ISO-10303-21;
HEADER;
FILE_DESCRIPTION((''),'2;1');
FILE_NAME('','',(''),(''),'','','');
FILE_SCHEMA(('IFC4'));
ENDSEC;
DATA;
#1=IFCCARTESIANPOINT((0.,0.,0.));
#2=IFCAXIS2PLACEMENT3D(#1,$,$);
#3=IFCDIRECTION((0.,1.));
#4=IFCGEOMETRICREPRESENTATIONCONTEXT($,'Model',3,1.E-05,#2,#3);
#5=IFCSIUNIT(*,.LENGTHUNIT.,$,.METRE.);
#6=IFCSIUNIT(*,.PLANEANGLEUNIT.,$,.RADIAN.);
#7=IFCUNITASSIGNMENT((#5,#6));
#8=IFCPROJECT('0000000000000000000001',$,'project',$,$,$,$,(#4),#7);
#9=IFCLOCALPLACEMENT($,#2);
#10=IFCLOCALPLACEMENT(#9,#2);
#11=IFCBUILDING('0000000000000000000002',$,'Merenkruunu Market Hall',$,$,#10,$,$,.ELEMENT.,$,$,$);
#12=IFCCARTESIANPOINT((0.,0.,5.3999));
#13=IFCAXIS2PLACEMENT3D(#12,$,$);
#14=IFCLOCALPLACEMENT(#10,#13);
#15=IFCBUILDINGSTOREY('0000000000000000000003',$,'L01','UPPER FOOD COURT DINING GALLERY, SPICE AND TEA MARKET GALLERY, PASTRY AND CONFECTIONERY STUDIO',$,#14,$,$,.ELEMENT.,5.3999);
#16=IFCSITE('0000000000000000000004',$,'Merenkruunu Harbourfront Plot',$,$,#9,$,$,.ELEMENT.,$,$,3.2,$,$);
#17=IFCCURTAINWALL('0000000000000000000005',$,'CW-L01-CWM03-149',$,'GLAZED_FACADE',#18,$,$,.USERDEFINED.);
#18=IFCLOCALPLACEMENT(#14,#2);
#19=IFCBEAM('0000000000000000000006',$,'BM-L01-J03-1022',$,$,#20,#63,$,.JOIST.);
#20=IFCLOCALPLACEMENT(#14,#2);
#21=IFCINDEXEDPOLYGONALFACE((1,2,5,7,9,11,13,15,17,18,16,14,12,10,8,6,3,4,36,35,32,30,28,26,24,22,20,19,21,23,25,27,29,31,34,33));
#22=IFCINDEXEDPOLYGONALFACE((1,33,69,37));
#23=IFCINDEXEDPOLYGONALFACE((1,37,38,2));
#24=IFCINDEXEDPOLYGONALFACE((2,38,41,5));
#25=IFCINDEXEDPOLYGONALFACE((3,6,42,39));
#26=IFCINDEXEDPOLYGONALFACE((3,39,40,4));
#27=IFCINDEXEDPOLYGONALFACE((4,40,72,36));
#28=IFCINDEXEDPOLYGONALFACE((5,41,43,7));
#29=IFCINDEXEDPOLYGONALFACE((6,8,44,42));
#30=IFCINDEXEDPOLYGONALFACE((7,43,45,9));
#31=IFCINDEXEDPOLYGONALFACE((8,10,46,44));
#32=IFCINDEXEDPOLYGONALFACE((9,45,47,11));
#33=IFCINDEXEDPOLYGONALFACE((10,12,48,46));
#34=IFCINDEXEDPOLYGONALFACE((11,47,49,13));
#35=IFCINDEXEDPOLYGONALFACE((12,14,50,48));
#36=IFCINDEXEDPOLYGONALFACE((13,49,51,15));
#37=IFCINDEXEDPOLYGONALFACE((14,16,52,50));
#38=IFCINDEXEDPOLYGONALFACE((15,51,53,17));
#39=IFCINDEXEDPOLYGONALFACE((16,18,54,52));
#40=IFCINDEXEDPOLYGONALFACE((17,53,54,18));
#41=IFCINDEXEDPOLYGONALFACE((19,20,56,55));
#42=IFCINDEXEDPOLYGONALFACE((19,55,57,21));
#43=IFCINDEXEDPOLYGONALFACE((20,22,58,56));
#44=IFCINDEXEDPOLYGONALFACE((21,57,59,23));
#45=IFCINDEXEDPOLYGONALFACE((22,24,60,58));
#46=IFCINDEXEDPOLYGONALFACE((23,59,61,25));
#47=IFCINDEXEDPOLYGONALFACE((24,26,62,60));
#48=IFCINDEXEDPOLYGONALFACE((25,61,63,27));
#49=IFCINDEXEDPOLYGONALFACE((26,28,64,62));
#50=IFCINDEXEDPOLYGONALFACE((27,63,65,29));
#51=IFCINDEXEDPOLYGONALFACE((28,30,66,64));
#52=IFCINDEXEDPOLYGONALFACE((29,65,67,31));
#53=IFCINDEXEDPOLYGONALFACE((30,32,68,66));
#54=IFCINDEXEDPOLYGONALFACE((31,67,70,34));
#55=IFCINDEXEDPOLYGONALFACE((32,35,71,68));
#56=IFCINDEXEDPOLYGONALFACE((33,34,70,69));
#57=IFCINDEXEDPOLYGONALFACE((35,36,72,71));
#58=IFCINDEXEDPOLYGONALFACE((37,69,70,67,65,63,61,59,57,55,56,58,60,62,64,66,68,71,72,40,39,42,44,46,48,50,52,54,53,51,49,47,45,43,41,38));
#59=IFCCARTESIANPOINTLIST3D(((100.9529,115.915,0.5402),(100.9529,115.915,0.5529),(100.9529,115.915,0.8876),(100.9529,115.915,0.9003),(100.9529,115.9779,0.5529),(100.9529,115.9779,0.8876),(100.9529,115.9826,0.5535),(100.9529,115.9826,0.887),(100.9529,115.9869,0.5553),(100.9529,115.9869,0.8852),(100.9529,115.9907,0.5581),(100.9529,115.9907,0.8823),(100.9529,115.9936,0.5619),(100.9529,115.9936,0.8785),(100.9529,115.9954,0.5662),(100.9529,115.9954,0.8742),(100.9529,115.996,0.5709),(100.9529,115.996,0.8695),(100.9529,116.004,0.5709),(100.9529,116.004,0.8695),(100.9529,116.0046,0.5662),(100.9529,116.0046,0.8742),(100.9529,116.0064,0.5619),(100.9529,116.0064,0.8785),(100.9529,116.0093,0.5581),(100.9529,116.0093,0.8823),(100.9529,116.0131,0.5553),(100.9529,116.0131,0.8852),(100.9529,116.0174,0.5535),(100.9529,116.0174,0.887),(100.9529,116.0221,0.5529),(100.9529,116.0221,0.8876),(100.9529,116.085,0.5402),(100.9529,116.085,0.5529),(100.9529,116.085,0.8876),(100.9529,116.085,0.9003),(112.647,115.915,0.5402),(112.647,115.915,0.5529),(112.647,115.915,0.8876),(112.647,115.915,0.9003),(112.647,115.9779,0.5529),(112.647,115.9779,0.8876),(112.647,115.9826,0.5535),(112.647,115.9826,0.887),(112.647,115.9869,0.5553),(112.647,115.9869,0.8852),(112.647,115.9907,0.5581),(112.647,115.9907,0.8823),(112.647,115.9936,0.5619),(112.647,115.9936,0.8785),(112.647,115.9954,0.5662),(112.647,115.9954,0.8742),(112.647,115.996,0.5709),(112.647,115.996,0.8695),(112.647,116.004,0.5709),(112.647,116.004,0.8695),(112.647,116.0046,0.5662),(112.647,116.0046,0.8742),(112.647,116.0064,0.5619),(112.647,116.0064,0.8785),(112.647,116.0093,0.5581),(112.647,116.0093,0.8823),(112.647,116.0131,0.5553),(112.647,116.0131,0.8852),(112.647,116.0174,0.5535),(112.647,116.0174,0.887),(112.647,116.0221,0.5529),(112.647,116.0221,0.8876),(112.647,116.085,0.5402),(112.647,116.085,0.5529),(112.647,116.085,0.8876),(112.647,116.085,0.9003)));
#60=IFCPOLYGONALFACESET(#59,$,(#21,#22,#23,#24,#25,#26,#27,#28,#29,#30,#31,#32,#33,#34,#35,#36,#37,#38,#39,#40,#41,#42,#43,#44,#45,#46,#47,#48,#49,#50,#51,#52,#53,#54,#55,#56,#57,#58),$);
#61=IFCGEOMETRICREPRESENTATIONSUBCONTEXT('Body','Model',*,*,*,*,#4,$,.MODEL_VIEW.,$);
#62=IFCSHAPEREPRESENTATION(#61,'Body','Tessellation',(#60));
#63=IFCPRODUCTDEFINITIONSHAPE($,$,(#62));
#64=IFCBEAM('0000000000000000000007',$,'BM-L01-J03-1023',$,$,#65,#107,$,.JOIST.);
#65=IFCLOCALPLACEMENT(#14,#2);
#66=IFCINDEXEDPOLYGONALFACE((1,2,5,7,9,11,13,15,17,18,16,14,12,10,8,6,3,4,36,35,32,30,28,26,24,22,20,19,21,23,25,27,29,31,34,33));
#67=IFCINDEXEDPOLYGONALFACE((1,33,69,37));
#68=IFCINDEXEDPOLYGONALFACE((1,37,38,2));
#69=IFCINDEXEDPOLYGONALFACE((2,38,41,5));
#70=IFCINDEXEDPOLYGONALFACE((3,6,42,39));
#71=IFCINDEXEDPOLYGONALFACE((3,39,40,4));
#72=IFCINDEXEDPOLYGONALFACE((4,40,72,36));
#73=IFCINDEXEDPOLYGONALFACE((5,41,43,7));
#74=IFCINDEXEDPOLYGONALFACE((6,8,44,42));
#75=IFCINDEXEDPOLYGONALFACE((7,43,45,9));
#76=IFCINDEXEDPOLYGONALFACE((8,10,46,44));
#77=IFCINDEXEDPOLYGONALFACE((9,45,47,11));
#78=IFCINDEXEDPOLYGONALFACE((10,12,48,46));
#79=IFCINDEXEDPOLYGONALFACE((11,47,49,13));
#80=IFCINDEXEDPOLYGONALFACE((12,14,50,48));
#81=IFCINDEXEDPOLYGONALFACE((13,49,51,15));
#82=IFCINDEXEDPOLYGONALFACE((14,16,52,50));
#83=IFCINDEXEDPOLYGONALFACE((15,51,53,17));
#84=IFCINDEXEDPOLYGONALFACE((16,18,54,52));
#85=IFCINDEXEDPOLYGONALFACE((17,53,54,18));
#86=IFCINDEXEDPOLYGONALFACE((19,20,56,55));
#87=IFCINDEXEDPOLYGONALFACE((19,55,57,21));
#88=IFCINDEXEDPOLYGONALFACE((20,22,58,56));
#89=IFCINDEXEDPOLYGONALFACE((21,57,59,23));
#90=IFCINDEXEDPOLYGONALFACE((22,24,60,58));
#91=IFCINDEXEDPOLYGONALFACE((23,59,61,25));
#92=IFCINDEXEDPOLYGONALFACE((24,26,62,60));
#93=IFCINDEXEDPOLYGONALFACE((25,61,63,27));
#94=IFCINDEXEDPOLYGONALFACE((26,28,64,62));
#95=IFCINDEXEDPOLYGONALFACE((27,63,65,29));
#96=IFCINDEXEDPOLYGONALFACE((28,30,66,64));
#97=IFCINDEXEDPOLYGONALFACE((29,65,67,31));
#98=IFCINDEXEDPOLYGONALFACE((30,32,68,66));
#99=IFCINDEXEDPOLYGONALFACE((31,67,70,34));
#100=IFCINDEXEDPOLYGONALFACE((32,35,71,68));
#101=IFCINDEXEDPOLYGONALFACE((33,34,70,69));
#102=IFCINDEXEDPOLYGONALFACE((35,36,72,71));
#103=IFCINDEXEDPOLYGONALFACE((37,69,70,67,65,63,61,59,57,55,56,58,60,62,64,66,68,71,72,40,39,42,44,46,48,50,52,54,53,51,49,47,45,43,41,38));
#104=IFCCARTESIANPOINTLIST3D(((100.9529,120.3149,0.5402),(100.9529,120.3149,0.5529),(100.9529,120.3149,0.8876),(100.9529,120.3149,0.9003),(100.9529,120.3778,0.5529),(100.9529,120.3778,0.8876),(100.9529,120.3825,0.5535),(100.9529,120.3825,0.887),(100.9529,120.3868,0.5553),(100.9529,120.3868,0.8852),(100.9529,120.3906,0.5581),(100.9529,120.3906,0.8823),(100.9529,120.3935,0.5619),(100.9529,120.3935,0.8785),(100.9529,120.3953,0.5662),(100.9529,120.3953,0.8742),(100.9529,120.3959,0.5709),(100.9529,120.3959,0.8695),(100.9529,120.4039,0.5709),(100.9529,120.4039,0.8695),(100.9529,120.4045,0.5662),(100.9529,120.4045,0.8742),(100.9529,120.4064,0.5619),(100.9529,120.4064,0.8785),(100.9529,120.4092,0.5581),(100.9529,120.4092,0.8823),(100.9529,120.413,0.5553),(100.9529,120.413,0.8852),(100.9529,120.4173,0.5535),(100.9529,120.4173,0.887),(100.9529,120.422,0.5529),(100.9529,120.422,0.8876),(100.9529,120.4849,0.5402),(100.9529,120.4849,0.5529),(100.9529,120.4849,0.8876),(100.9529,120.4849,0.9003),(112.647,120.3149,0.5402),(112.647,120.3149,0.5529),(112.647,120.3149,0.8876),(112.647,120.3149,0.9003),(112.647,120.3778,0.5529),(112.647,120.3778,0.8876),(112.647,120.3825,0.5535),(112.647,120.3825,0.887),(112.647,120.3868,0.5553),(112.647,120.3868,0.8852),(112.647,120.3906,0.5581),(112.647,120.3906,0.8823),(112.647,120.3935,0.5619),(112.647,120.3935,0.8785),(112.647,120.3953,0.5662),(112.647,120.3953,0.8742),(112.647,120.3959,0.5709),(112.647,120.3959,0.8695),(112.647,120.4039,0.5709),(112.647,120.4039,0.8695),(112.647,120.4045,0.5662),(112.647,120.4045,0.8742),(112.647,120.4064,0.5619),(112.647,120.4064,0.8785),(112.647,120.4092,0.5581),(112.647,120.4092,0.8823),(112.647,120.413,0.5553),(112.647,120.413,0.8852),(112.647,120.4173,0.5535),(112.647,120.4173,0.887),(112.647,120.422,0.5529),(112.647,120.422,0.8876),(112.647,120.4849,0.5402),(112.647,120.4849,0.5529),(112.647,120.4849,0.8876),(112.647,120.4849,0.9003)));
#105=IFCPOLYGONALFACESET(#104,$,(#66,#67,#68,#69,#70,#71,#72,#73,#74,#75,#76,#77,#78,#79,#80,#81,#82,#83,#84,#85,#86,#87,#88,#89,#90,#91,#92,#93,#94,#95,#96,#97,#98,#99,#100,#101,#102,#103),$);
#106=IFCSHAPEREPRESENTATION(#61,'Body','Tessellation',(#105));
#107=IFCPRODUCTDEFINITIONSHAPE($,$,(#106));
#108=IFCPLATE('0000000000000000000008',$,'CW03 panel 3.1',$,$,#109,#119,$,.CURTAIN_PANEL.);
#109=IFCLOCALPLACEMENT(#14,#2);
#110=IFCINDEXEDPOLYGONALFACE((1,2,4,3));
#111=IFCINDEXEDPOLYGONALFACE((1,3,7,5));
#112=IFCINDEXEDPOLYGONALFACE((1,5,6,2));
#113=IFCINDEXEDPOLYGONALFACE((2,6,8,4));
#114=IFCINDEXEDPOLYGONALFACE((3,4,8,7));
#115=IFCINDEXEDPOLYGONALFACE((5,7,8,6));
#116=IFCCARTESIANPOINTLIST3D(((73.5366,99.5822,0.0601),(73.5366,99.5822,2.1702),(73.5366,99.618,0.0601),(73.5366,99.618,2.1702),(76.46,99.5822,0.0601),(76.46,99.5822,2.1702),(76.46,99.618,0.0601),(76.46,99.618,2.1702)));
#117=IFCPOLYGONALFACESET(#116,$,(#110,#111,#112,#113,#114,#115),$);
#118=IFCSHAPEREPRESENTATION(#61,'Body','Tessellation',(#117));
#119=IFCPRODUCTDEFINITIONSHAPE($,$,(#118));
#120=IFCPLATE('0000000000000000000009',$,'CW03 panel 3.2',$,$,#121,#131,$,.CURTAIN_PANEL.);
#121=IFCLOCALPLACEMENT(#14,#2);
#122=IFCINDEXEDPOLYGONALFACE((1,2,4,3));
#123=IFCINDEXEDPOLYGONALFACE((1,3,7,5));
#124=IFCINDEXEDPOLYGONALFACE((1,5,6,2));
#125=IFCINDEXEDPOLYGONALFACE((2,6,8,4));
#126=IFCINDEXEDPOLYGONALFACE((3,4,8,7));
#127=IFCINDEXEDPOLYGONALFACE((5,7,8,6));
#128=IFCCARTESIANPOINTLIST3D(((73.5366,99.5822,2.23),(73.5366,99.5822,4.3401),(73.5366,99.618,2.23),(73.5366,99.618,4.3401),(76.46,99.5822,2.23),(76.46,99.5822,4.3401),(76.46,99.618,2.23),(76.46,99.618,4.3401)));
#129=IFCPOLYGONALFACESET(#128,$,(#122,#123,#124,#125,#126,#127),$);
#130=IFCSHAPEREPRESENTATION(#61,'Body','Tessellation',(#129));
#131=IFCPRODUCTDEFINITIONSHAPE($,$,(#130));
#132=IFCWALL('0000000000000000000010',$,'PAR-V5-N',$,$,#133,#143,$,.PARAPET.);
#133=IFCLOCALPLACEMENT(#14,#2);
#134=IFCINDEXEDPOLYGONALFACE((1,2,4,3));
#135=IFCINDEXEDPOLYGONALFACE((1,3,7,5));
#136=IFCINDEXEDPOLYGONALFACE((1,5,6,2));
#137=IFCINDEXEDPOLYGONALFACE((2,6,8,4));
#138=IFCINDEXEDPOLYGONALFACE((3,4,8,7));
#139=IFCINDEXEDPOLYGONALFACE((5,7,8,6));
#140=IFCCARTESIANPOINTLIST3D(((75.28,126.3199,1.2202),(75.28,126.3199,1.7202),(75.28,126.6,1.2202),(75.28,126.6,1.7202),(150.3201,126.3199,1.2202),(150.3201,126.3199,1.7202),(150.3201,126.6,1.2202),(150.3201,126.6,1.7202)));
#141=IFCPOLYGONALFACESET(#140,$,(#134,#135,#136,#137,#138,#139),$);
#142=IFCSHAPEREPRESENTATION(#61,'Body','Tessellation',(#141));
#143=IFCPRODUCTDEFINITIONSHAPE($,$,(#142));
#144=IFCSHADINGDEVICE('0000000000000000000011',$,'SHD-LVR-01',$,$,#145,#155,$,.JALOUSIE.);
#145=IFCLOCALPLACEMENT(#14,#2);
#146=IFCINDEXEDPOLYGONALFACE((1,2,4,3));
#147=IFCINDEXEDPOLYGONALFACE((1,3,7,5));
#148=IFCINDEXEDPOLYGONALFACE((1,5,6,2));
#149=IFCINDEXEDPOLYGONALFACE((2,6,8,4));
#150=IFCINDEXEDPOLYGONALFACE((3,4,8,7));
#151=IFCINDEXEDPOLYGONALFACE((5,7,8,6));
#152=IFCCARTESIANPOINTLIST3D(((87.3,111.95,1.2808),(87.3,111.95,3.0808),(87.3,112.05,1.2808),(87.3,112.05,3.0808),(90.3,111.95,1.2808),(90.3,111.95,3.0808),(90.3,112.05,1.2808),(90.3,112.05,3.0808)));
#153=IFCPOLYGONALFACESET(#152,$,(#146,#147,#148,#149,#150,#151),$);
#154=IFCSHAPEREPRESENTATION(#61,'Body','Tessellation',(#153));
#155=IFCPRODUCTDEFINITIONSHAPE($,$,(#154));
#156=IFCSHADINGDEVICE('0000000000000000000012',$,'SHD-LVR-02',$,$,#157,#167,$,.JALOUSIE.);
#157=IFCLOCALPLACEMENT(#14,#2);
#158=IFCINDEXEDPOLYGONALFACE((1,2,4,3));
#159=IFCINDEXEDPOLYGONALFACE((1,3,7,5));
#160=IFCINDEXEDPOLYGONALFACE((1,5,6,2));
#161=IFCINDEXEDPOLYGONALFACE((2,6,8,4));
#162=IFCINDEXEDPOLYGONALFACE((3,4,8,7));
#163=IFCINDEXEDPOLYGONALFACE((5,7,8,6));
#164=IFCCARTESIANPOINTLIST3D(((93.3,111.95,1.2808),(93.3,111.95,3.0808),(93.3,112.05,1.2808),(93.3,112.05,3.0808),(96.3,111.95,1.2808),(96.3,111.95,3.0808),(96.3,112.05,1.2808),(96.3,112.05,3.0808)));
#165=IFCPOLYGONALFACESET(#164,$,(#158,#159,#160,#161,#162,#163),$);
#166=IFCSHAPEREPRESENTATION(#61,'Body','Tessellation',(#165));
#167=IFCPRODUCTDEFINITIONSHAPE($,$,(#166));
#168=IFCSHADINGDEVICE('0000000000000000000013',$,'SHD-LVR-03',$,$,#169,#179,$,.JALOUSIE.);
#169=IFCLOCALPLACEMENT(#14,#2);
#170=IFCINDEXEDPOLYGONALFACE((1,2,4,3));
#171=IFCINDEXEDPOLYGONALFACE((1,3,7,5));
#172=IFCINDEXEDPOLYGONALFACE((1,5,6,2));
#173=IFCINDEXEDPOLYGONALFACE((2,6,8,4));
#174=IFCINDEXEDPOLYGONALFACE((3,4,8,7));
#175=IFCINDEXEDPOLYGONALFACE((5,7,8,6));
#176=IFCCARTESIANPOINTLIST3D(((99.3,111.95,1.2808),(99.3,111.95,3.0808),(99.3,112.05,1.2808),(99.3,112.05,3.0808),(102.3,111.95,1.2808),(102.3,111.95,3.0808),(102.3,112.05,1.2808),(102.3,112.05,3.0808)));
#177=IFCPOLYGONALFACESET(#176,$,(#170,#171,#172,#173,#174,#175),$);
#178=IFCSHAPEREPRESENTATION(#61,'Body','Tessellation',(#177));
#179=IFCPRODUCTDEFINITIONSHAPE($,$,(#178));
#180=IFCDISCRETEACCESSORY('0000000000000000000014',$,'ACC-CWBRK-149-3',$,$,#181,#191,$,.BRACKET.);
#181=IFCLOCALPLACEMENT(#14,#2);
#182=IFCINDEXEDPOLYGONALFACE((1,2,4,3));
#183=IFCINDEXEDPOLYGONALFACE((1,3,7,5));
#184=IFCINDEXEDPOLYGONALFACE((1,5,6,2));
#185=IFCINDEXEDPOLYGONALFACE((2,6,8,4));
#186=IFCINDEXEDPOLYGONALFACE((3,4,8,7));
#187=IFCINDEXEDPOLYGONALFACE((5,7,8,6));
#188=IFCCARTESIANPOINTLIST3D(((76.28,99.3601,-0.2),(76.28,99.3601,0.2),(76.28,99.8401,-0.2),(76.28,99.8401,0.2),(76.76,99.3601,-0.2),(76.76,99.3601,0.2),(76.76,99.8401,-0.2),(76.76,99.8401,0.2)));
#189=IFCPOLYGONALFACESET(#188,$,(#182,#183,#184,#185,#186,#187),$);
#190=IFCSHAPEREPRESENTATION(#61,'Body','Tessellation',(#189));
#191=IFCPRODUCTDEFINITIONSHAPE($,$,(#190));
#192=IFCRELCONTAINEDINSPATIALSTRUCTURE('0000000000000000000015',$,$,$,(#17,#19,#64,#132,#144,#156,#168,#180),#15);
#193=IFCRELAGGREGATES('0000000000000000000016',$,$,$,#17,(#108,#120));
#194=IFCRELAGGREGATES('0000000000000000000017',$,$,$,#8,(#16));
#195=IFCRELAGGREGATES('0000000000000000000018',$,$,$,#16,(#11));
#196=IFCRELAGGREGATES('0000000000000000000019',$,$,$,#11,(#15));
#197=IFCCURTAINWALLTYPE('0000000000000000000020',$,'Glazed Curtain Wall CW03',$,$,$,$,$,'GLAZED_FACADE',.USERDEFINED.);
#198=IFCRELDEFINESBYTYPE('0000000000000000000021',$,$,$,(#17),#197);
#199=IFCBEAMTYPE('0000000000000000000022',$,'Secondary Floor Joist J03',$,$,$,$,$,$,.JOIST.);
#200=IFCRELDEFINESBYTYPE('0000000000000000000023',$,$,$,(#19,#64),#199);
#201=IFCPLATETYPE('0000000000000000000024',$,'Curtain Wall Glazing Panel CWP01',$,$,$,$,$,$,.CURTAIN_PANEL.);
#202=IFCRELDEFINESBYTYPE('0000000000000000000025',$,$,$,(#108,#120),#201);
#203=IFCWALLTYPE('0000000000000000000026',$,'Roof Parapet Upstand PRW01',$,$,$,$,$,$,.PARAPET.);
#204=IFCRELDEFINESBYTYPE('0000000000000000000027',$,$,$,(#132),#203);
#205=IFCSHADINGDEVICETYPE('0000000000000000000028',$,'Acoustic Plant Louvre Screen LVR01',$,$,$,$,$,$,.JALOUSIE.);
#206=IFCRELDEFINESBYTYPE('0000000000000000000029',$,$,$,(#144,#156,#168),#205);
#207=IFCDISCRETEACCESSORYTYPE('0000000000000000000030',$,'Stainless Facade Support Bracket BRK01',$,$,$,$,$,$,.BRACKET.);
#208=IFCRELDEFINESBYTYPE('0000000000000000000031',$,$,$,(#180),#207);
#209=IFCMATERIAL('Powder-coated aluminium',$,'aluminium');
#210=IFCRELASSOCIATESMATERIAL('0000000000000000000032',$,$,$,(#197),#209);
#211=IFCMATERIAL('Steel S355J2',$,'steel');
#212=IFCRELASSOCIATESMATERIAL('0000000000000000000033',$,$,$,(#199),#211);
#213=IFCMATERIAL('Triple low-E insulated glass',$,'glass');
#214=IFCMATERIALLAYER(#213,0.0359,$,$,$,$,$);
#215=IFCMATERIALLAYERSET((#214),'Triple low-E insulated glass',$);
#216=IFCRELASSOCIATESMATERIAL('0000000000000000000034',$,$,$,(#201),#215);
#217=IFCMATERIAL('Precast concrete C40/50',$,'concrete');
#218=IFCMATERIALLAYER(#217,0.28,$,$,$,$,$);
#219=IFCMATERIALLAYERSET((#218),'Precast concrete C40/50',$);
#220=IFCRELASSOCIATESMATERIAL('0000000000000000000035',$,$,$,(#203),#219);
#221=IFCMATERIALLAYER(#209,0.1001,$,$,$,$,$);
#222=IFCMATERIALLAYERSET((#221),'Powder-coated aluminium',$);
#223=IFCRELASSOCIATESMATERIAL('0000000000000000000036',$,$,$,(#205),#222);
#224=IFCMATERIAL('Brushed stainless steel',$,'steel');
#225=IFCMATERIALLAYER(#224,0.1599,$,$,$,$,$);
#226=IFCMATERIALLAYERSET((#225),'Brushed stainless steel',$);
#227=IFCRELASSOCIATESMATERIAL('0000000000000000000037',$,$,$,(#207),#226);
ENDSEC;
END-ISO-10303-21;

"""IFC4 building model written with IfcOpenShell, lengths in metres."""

from ifc_helpers import new_model, si_unit, direction, frame, frame_2d, origin, origin_2d, place, context, subcontext, project, spatial, rectangle, i_section, extrude, material, layer, layer_set, material_profile, profile_set, type_object, element, aggregate, save


model = new_model("IFC4")

# Units and contexts
model_context = context("Model", 3, precision=1e-05, world=origin(), true_north=direction((0.0, 1.0)))
body_context = subcontext(model_context, "Body", "Model", "MODEL_VIEW")
ifc_project = project(units=[si_unit("LENGTHUNIT", "METRE"), si_unit("PLANEANGLEUNIT", "RADIAN")], contexts=[model_context])

# Site, building, storey
site_placement = place(None, origin())
site = spatial("IfcSite", under=ifc_project, at=site_placement, Name="Merenkruunu Harbourfront Plot", CompositionType="ELEMENT", RefElevation=3.2)
building_placement = place(site_placement, origin())
building = spatial("IfcBuilding", under=site, at=building_placement, Name="Merenkruunu Market Hall", CompositionType="ELEMENT")
storey_placement = place(building_placement, frame((0.0, 0.0, 5.3999)))
storey = spatial("IfcBuildingStorey", under=building, at=storey_placement, Name="L01", Description="UPPER FOOD COURT DINING GALLERY, SPICE AND TEA MARKET GALLERY, PASTRY AND CONFECTIONERY STUDIO", CompositionType="ELEMENT", Elevation=5.3999)

# Curtain wall
ifc_material_1 = material(Name="Powder-coated aluminium", Category="aluminium")
curtain_wall_type = type_object("IfcCurtainWallType", Name="Glazed Curtain Wall CW03", ElementType="GLAZED_FACADE", PredefinedType="USERDEFINED", material=ifc_material_1)
curtain_wall_placement = place(storey_placement, origin())
curtain_wall = element("IfcCurtainWall", 1, at=curtain_wall_placement, inside=storey, type_object=curtain_wall_type, Name="CW-L01-CWM03-149", ObjectType="GLAZED_FACADE", PredefinedType="USERDEFINED")

# Beams
ifc_material_2 = material(Name="Steel S355J2", Category="steel")
ifc_material_profile_1 = material_profile(ifc_material_2, i_section(OverallWidth=0.1699, OverallDepth=0.3601, WebThickness=0.0081, FlangeThickness=0.0127, FilletRadius=0.0181, at=origin_2d()), Name="IPE 360")
ifc_profile_set_1 = profile_set([ifc_material_profile_1], Name="Steel S355J2")
beam_type_1 = type_object("IfcBeamType", Name="Secondary Floor Joist J03", PredefinedType="JOIST", material=ifc_profile_set_1)
for number, where, z_axis, x_axis, name in (
    (2, (100.9529, 116.0, 0.7202), (1.0, 0.0, 0.0), (0.0, 1.0, 0.0), "BM-L01-J03-1022"),
    (3, (100.9529, 120.3999, 0.7202), (1.0, 0.0, 0.0), (0.0, 1.0, 0.0), "BM-L01-J03-1023"),
):
    element("IfcBeam", number, at=place(storey_placement, frame(where, z_axis=z_axis, x_axis=x_axis)), inside=storey, type_object=beam_type_1, Name=name, PredefinedType="JOIST", context=body_context, shape_type="SweptSolid", body=[
        extrude(i_section(OverallWidth=0.1699, OverallDepth=0.3601, WebThickness=0.0081, FlangeThickness=0.0127, FilletRadius=0.0181, at=origin_2d()), origin(), (0.0, 0.0, 1.0), 11.6941),
    ])

# Plates
ifc_material_3 = material(Name="Triple low-E insulated glass", Category="glass")
ifc_layer_1 = layer(ifc_material_3, 0.0359)
ifc_layer_set_1 = layer_set([ifc_layer_1], Name="Triple low-E insulated glass")
plate_type = type_object("IfcPlateType", Name="Curtain Wall Glazing Panel CWP01", PredefinedType="CURTAIN_PANEL", material=ifc_layer_set_1)
plate_1_placement = place(storey_placement, frame((74.9983, 99.6001, 0.0601), z_axis=(0.0, 0.0, 1.0), x_axis=(1.0, 0.0, 0.0)))
plate_1 = element("IfcPlate", 4, at=plate_1_placement, type_object=plate_type, Name="CW03 panel 3.1", PredefinedType="CURTAIN_PANEL", context=body_context, shape_type="SweptSolid", body=[
    extrude(rectangle(XDim=2.9233, YDim=0.0359, at=origin_2d()), origin(), (0.0, 0.0, 1.0), 2.1101),
])
plate_2_placement = place(storey_placement, frame((74.9983, 99.6001, 2.23), z_axis=(0.0, 0.0, 1.0), x_axis=(1.0, 0.0, 0.0)))
plate_2 = element("IfcPlate", 5, at=plate_2_placement, type_object=plate_type, Name="CW03 panel 3.2", PredefinedType="CURTAIN_PANEL", context=body_context, shape_type="SweptSolid", body=[
    extrude(rectangle(XDim=2.9233, YDim=0.0359, at=origin_2d()), origin(), (0.0, 0.0, 1.0), 2.1101),
])
aggregate(curtain_wall, [plate_1, plate_2])

# Wall
ifc_material_4 = material(Name="Precast concrete C40/50", Category="concrete")
ifc_layer_2 = layer(ifc_material_4, 0.28)
ifc_layer_set_2 = layer_set([ifc_layer_2], Name="Precast concrete C40/50")
wall_type = type_object("IfcWallType", Name="Roof Parapet Upstand PRW01", PredefinedType="PARAPET", material=ifc_layer_set_2)
wall_placement = place(storey_placement, frame((75.28, 126.46, 1.2202), z_axis=(0.0, 0.0, 1.0), x_axis=(1.0, 0.0, 0.0)))
element("IfcWall", 6, at=wall_placement, inside=storey, type_object=wall_type, Name="PAR-V5-N", PredefinedType="PARAPET", context=body_context, shape_type="SweptSolid", body=[
    extrude(rectangle(XDim=75.04, YDim=0.28, at=frame_2d((37.52, 0.0))), origin(), (0.0, 0.0, 1.0), 0.5),
])

# Shading devices
ifc_layer_3 = layer(ifc_material_1, 0.1001)
ifc_layer_set_3 = layer_set([ifc_layer_3], Name="Powder-coated aluminium")
shading_device_type = type_object("IfcShadingDeviceType", Name="Acoustic Plant Louvre Screen LVR01", PredefinedType="JALOUSIE", material=ifc_layer_set_3)
for number, where, z_axis, x_axis, name in (
    (7, (88.8, 112.0, 1.2808), (0.0, 0.0, 1.0), (1.0, 0.0, 0.0), "SHD-LVR-01"),
    (8, (94.8, 112.0, 1.2808), (0.0, 0.0, 1.0), (1.0, 0.0, 0.0), "SHD-LVR-02"),
    (9, (100.8, 112.0, 1.2808), (0.0, 0.0, 1.0), (1.0, 0.0, 0.0), "SHD-LVR-03"),
):
    element("IfcShadingDevice", number, at=place(storey_placement, frame(where, z_axis=z_axis, x_axis=x_axis)), inside=storey, type_object=shading_device_type, Name=name, PredefinedType="JALOUSIE", context=body_context, shape_type="SweptSolid", body=[
        extrude(rectangle(XDim=3.0, YDim=0.1001, at=origin_2d()), origin(), (0.0, 0.0, 1.0), 1.8),
    ])

# Discrete accessory
ifc_material_5 = material(Name="Brushed stainless steel", Category="steel")
ifc_layer_4 = layer(ifc_material_5, 0.1599)
ifc_layer_set_4 = layer_set([ifc_layer_4], Name="Brushed stainless steel")
discrete_accessory_type = type_object("IfcDiscreteAccessoryType", Name="Stainless Facade Support Bracket BRK01", PredefinedType="BRACKET", material=ifc_layer_set_4)
discrete_accessory_placement = place(storey_placement, frame((76.52, 99.6001, -0.2), z_axis=(0.0, 0.0, 1.0), x_axis=(1.0, 0.0, 0.0)))
element("IfcDiscreteAccessory", 10, at=discrete_accessory_placement, inside=storey, type_object=discrete_accessory_type, Name="ACC-CWBRK-149-3", PredefinedType="BRACKET", context=body_context, shape_type="SweptSolid", body=[
    extrude(rectangle(XDim=0.48, YDim=0.48, at=origin_2d()), origin(), (0.0, 0.0, 1.0), 0.3999),
])

save(model, "model.ifc")
